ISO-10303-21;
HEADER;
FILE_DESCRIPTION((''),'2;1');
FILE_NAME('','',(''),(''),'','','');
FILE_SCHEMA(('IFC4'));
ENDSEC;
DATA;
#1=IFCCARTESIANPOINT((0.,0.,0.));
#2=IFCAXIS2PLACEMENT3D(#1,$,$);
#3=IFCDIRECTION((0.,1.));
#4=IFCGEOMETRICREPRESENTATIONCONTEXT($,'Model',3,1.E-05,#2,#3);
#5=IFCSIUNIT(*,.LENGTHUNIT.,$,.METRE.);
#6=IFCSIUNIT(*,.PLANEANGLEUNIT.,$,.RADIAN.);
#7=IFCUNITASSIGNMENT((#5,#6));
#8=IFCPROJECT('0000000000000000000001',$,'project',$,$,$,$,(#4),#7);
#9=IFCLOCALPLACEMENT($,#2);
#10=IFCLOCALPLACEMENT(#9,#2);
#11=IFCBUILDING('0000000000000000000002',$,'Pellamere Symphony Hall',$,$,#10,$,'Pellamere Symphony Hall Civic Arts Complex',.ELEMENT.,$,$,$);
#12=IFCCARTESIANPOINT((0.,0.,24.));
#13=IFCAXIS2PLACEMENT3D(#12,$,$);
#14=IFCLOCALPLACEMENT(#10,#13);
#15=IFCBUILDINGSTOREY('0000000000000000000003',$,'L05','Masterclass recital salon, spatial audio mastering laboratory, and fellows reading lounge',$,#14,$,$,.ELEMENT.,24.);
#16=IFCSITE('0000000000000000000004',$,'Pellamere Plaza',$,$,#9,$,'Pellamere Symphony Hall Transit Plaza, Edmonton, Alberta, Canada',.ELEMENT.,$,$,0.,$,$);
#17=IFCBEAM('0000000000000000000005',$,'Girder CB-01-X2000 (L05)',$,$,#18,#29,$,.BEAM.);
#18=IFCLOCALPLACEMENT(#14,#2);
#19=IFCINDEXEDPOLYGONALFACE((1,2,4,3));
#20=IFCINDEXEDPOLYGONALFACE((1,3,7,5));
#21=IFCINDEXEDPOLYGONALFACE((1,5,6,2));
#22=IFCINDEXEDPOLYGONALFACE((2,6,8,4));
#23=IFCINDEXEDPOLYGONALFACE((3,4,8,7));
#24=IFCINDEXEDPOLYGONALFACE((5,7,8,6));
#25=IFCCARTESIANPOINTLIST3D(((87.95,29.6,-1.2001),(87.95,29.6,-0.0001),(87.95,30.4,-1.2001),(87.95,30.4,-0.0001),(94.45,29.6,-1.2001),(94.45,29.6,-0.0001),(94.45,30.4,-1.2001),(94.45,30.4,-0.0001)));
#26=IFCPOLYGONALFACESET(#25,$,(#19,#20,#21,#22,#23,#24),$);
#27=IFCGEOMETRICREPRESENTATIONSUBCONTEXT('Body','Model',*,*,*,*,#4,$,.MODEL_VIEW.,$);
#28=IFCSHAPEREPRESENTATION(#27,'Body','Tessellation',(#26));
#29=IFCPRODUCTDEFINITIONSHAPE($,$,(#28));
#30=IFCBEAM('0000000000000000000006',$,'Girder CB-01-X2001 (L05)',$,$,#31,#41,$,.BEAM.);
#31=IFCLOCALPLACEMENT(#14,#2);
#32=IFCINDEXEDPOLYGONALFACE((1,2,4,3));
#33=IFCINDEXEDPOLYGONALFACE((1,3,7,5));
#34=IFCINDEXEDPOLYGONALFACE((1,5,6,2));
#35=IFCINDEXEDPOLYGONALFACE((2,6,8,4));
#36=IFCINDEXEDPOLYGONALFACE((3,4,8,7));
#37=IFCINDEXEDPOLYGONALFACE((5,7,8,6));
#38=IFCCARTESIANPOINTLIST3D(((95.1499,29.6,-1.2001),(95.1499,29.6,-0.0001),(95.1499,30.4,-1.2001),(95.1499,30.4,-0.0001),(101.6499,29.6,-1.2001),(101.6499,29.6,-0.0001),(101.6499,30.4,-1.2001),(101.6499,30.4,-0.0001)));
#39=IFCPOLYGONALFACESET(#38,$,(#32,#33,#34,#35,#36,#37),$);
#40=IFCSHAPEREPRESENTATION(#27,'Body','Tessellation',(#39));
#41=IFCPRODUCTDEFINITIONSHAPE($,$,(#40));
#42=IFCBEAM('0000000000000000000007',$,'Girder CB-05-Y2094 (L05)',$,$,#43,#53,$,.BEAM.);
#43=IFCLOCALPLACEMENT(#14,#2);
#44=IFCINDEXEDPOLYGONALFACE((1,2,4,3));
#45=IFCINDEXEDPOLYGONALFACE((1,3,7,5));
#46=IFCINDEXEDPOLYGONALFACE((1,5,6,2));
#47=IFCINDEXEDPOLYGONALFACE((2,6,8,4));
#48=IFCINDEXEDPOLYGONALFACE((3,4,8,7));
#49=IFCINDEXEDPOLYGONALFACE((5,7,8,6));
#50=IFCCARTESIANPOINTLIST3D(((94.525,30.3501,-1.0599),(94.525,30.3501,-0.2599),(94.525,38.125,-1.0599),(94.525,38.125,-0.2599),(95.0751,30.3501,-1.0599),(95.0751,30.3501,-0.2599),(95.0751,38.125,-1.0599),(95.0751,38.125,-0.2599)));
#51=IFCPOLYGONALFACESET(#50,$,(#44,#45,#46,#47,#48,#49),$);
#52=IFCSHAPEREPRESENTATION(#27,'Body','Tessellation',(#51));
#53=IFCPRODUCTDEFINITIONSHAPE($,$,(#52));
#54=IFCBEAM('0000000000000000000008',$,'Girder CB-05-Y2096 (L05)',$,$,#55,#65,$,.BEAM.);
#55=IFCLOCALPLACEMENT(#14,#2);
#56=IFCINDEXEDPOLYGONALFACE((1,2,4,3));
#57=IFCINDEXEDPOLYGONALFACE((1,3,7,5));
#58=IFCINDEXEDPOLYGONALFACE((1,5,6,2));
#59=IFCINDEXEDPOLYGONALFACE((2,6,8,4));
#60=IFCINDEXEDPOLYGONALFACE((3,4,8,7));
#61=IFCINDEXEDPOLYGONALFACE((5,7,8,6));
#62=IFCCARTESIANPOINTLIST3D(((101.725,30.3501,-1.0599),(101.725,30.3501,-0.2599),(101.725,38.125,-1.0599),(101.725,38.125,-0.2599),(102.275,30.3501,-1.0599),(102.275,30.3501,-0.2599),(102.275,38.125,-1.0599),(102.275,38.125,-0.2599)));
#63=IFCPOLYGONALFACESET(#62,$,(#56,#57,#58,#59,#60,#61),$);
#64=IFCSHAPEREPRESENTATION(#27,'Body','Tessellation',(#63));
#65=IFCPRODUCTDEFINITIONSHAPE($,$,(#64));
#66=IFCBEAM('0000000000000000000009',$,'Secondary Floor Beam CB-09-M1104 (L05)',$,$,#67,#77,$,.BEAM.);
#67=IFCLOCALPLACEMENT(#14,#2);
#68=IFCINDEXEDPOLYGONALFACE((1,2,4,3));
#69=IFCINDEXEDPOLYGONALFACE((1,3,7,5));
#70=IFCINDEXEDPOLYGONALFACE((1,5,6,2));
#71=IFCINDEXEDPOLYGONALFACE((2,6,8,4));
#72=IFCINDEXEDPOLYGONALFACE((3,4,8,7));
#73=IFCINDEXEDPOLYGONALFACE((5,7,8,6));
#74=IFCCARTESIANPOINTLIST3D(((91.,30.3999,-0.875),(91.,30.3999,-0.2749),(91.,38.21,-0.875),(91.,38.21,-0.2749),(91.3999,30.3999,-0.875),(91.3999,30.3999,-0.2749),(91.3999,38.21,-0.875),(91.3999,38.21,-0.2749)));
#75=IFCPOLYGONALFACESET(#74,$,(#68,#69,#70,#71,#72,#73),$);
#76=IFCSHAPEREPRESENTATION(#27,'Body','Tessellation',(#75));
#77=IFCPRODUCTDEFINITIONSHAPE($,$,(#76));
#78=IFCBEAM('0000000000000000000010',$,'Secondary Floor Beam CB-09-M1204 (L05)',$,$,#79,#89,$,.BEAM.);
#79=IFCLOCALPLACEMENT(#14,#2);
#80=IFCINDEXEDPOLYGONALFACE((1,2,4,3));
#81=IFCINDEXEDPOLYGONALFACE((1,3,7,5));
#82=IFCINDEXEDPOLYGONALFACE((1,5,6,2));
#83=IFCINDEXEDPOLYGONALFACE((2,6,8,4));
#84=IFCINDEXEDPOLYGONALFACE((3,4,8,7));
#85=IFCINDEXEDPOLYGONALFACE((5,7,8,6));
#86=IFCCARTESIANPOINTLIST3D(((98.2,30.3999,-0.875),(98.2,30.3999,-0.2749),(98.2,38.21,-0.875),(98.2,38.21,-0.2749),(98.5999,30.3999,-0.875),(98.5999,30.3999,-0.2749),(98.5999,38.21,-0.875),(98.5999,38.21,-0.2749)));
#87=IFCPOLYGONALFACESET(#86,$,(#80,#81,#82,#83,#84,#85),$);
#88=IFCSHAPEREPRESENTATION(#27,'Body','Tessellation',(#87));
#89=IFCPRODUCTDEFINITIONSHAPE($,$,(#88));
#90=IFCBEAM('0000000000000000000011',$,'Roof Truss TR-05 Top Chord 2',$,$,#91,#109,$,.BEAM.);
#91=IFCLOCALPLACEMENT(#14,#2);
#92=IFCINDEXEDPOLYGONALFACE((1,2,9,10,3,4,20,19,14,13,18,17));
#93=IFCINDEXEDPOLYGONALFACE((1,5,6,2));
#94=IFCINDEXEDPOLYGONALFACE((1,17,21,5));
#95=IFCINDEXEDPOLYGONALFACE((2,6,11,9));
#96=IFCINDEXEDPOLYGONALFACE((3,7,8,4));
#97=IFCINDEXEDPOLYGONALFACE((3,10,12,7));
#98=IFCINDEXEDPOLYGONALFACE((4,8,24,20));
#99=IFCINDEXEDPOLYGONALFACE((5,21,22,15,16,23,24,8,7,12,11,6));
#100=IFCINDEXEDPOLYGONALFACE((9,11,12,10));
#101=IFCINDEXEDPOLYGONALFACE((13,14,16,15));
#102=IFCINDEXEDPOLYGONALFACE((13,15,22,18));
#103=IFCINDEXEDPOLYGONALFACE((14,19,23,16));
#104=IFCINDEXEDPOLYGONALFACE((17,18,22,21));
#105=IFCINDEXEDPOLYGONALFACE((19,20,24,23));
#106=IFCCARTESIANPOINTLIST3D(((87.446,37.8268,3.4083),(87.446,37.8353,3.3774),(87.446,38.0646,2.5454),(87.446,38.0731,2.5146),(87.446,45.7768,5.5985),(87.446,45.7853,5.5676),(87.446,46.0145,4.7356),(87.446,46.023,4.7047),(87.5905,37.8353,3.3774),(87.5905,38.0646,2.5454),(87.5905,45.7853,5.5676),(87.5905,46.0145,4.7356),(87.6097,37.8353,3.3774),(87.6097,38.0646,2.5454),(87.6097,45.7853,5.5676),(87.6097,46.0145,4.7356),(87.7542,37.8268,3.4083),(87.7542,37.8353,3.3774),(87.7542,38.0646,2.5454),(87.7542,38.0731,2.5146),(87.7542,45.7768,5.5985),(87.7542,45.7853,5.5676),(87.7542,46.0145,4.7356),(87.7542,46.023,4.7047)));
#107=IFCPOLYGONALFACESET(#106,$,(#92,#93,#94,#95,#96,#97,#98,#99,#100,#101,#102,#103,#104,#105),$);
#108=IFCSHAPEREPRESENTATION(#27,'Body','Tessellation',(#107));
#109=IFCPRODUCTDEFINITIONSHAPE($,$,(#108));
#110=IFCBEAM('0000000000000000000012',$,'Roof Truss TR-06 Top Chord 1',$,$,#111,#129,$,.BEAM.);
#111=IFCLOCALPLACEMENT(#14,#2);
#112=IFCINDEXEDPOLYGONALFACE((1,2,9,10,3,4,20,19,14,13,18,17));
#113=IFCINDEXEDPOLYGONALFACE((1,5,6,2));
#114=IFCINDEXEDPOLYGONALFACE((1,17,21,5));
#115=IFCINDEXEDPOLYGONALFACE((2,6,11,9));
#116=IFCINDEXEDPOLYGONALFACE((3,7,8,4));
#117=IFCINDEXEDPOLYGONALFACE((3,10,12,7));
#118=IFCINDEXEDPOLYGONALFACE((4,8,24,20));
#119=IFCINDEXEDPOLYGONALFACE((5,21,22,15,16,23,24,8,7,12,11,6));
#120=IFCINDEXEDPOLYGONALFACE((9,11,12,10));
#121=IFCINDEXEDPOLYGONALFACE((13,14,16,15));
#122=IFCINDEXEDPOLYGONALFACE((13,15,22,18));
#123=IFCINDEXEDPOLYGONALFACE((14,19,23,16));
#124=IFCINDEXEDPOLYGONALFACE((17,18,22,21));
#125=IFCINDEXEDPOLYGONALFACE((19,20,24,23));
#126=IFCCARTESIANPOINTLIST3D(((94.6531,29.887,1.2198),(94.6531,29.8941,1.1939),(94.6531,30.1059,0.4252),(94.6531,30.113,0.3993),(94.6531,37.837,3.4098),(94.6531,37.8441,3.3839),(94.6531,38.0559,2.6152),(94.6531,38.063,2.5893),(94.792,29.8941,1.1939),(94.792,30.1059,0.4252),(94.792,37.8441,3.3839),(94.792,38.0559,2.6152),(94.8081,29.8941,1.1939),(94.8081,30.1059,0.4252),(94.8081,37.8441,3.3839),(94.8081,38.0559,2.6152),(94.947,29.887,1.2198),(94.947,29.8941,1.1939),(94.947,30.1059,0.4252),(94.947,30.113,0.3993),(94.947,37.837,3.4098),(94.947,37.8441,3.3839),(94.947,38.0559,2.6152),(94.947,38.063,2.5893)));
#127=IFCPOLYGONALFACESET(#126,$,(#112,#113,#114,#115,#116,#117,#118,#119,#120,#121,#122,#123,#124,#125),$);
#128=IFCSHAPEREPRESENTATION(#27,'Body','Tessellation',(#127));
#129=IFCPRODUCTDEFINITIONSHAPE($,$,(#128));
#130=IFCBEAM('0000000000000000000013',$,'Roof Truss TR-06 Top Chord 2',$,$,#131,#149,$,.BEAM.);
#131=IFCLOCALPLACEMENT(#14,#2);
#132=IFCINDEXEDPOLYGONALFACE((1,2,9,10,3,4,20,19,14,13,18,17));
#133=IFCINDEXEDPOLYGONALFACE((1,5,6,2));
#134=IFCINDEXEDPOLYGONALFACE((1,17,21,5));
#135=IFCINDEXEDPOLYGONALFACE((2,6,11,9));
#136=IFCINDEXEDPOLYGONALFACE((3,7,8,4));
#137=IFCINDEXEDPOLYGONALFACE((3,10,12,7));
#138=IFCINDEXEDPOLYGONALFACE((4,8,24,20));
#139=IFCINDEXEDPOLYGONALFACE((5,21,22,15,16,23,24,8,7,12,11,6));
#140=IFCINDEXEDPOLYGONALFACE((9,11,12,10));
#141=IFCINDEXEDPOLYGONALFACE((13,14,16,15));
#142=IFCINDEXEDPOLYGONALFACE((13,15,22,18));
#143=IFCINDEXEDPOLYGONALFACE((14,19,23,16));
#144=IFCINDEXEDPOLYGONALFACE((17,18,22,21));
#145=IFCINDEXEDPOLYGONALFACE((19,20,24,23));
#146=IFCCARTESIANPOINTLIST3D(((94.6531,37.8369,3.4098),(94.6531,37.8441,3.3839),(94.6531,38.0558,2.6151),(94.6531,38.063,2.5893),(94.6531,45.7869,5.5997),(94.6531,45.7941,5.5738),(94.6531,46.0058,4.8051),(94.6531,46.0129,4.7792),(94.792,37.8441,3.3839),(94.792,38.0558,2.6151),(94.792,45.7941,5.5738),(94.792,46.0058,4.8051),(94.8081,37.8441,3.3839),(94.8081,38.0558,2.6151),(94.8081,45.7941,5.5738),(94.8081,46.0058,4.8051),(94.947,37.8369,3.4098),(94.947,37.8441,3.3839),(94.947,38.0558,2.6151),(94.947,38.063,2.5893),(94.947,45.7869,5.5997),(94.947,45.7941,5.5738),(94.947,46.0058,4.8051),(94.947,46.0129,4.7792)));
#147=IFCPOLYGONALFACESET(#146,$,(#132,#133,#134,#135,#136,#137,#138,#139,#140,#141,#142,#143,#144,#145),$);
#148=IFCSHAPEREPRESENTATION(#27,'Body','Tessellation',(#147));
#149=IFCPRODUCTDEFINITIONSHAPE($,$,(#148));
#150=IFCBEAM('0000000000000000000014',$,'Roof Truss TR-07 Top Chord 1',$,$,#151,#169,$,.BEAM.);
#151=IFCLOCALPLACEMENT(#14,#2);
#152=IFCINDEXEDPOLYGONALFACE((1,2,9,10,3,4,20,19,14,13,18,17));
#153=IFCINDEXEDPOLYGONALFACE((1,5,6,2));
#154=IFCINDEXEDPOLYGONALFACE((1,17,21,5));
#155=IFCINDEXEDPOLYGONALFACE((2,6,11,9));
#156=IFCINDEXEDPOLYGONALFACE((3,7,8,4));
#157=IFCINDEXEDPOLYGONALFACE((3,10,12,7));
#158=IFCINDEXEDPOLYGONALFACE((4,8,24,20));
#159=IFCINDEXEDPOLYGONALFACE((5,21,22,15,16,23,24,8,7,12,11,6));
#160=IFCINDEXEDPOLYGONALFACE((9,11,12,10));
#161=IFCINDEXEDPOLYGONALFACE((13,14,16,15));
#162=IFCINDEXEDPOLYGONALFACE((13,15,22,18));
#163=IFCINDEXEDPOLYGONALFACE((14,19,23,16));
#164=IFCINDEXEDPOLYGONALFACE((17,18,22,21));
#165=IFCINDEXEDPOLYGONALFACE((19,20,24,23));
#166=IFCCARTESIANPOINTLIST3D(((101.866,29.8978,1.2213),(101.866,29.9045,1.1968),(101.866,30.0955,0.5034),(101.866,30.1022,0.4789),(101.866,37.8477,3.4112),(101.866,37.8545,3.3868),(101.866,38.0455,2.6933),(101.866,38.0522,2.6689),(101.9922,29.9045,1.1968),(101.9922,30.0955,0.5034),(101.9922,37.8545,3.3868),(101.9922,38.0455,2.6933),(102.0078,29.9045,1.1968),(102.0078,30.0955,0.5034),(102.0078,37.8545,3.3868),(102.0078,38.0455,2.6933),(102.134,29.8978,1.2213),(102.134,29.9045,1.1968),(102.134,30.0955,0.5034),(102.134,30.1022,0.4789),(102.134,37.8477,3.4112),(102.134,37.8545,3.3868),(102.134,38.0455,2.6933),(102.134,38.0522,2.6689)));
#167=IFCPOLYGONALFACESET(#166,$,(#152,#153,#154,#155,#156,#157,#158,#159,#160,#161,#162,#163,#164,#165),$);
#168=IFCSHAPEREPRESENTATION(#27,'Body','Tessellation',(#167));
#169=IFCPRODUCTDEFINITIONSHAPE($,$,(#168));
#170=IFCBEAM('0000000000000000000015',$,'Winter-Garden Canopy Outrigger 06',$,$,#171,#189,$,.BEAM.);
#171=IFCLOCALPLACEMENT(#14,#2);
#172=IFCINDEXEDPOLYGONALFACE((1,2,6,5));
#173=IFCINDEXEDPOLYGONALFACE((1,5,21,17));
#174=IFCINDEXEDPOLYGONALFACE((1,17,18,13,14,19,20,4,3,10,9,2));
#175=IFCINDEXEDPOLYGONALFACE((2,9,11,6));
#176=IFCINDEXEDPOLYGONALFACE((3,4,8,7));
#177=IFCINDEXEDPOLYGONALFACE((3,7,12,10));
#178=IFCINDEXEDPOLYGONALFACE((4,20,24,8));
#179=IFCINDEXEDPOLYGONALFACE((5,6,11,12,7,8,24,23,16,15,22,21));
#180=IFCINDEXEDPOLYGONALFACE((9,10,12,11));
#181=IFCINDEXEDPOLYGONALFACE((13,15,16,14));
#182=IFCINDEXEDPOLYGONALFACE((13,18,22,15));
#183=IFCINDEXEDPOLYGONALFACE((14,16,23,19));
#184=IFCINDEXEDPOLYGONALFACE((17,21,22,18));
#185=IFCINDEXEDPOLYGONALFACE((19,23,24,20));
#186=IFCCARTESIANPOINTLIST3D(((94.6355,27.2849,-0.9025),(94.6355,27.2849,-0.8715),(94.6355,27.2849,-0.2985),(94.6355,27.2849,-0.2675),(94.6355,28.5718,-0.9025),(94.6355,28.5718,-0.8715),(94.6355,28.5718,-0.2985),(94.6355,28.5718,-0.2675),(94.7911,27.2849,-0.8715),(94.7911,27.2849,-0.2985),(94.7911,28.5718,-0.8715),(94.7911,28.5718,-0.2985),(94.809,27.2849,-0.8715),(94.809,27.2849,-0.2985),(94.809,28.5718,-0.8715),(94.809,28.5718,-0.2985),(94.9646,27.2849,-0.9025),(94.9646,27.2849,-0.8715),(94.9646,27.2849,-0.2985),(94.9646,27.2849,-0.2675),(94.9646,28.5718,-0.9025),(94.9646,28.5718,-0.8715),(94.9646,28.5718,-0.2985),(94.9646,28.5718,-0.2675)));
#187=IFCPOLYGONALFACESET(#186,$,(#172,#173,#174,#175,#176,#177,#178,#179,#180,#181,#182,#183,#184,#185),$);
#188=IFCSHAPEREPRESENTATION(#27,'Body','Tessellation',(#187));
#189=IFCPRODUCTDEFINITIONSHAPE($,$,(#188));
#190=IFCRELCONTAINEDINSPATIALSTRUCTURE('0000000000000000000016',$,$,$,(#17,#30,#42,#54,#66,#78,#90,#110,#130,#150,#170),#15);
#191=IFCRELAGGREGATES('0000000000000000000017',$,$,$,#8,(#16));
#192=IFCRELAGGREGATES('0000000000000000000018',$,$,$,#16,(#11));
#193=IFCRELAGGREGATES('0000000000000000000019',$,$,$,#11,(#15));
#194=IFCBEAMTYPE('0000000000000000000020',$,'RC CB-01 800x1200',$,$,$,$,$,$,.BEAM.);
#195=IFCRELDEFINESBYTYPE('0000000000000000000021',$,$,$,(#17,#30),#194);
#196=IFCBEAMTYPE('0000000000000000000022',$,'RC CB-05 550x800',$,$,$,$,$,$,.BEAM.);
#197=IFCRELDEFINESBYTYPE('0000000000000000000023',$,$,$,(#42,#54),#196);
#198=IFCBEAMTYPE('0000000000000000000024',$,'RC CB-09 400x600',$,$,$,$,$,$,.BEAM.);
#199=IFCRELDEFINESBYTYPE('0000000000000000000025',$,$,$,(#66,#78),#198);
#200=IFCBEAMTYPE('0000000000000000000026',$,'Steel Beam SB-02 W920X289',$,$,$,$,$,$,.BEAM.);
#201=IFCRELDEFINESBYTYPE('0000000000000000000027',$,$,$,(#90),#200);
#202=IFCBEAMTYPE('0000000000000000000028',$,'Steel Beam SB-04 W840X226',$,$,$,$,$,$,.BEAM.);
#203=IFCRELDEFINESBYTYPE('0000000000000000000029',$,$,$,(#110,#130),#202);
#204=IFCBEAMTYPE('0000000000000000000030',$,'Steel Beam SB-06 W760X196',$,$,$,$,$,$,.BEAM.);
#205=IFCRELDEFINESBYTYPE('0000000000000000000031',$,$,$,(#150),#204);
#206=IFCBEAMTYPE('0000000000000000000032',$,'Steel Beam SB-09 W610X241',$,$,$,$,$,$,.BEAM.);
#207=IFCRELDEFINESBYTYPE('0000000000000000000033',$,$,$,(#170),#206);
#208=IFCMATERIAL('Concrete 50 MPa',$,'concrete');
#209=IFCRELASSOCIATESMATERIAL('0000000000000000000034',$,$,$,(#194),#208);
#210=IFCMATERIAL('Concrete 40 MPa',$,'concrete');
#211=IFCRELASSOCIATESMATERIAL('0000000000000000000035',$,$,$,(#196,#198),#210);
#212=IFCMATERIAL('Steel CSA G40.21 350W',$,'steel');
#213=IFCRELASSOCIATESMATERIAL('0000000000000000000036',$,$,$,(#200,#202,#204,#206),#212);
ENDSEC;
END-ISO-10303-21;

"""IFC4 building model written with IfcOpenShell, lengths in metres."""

from ifc_helpers import new_model, si_unit, direction, frame, origin, origin_2d, place, context, subcontext, project, spatial, rectangle, i_section, extrude, material, material_profile, profile_set, type_object, element, save


model = new_model("IFC4")

# Units and contexts
model_context = context("Model", 3, precision=1e-05, world=origin(), true_north=direction((0.0, 1.0)))
body_context = subcontext(model_context, "Body", "Model", "MODEL_VIEW")
ifc_project = project(units=[si_unit("LENGTHUNIT", "METRE"), si_unit("PLANEANGLEUNIT", "RADIAN")], contexts=[model_context])

# Site, building, storey
site_placement = place(None, origin())
site = spatial("IfcSite", under=ifc_project, at=site_placement, Name="Pellamere Plaza", LongName="Pellamere Symphony Hall Transit Plaza, Edmonton, Alberta, Canada", CompositionType="ELEMENT", RefElevation=0.0)
building_placement = place(site_placement, origin())
building = spatial("IfcBuilding", under=site, at=building_placement, Name="Pellamere Symphony Hall", LongName="Pellamere Symphony Hall Civic Arts Complex", CompositionType="ELEMENT")
storey_placement = place(building_placement, frame((0.0, 0.0, 24.0)))
storey = spatial("IfcBuildingStorey", under=building, at=storey_placement, Name="L05", Description="Masterclass recital salon, spatial audio mastering laboratory, and fellows reading lounge", CompositionType="ELEMENT", Elevation=24.0)

# Beams
ifc_material_1 = material(Name="Concrete 50 MPa", Category="concrete")
ifc_material_profile_1 = material_profile(ifc_material_1, rectangle(XDim=0.8, YDim=1.2, at=origin_2d()), Name="RC 800x1200")
ifc_profile_set_1 = profile_set([ifc_material_profile_1], Name="Concrete 50 MPa")
beam_type_1 = type_object("IfcBeamType", Name="RC CB-01 800x1200", PredefinedType="BEAM", material=ifc_profile_set_1)
for number, where, z_axis, x_axis, name in (
    (1, (87.95, 30.0, -0.6001), (1.0, 0.0, 0.0), (0.0, 1.0, 0.0), "Girder CB-01-X2000 (L05)"),
    (2, (95.1499, 30.0, -0.6001), (1.0, 0.0, 0.0), (0.0, 1.0, 0.0), "Girder CB-01-X2001 (L05)"),
):
    element("IfcBeam", number, at=place(storey_placement, frame(where, z_axis=z_axis, x_axis=x_axis)), inside=storey, type_object=beam_type_1, Name=name, PredefinedType="BEAM", context=body_context, shape_type="SweptSolid", body=[
        extrude(rectangle(XDim=0.8, YDim=1.2, at=origin_2d()), origin(), (0.0, 0.0, 1.0), 6.5),
    ])
ifc_material_2 = material(Name="Concrete 40 MPa", Category="concrete")
ifc_material_profile_2 = material_profile(ifc_material_2, rectangle(XDim=0.55, YDim=0.8, at=origin_2d()), Name="RC 550x800")
ifc_profile_set_2 = profile_set([ifc_material_profile_2], Name="Concrete 40 MPa")
beam_type_2 = type_object("IfcBeamType", Name="RC CB-05 550x800", PredefinedType="BEAM", material=ifc_profile_set_2)
for number, where, z_axis, x_axis, name in (
    (3, (94.8, 30.3501, -0.6599), (0.0, 1.0, 0.0), (-1.0, 0.0, 0.0), "Girder CB-05-Y2094 (L05)"),
    (4, (102.0, 30.3501, -0.6599), (0.0, 1.0, 0.0), (-1.0, 0.0, 0.0), "Girder CB-05-Y2096 (L05)"),
):
    element("IfcBeam", number, at=place(storey_placement, frame(where, z_axis=z_axis, x_axis=x_axis)), inside=storey, type_object=beam_type_2, Name=name, PredefinedType="BEAM", context=body_context, shape_type="SweptSolid", body=[
        extrude(rectangle(XDim=0.55, YDim=0.8, at=origin_2d()), origin(), (0.0, 0.0, 1.0), 7.7749),
    ])
ifc_material_profile_3 = material_profile(ifc_material_2, rectangle(XDim=0.3999, YDim=0.6001, at=origin_2d()), Name="RC 400x600")
ifc_profile_set_3 = profile_set([ifc_material_profile_3], Name="Concrete 40 MPa")
beam_type_3 = type_object("IfcBeamType", Name="RC CB-09 400x600", PredefinedType="BEAM", material=ifc_profile_set_3)
for number, where, z_axis, x_axis, name in (
    (5, (91.2, 30.3999, -0.575), (0.0, 1.0, 0.0), (-1.0, 0.0, 0.0), "Secondary Floor Beam CB-09-M1104 (L05)"),
    (6, (98.3999, 30.3999, -0.575), (0.0, 1.0, 0.0), (-1.0, 0.0, 0.0), "Secondary Floor Beam CB-09-M1204 (L05)"),
):
    element("IfcBeam", number, at=place(storey_placement, frame(where, z_axis=z_axis, x_axis=x_axis)), inside=storey, type_object=beam_type_3, Name=name, PredefinedType="BEAM", context=body_context, shape_type="SweptSolid", body=[
        extrude(rectangle(XDim=0.3999, YDim=0.6001, at=origin_2d()), origin(), (0.0, 0.0, 1.0), 7.8101),
    ])
ifc_material_3 = material(Name="Steel CSA G40.21 350W", Category="steel")
ifc_material_profile_4 = material_profile(ifc_material_3, i_section(OverallWidth=0.3081, OverallDepth=0.927, WebThickness=0.0193, FlangeThickness=0.032, at=origin_2d()), Name="W920X289")
ifc_profile_set_4 = profile_set([ifc_material_profile_4], Name="Steel CSA G40.21 350W")
beam_type_4 = type_object("IfcBeamType", Name="Steel Beam SB-02 W920X289", PredefinedType="BEAM", material=ifc_profile_set_4)
beam_1_placement = place(storey_placement, frame((87.6001, 37.95, 2.9614), z_axis=(0.0, 0.964083, 0.265602), x_axis=(-1.0, 0.0, 0.0)))
element("IfcBeam", 7, at=beam_1_placement, inside=storey, type_object=beam_type_4, Name="Roof Truss TR-05 Top Chord 2", PredefinedType="BEAM", context=body_context, shape_type="SweptSolid", body=[
    extrude(i_section(OverallWidth=0.3081, OverallDepth=0.927, WebThickness=0.0193, FlangeThickness=0.032, at=origin_2d()), origin(), (0.0, 0.0, 1.0), 8.2461),
])
ifc_material_profile_5 = material_profile(ifc_material_3, i_section(OverallWidth=0.2939, OverallDepth=0.8511, WebThickness=0.0161, FlangeThickness=0.0269, at=origin_2d()), Name="W840X226")
ifc_profile_set_5 = profile_set([ifc_material_profile_5], Name="Steel CSA G40.21 350W")
beam_type_5 = type_object("IfcBeamType", Name="Steel Beam SB-04 W840X226", PredefinedType="BEAM", material=ifc_profile_set_5)
for number, where, z_axis, x_axis, name in (
    (8, (94.8, 30.0, 0.8096), (0.0, 0.96409, 0.265574), (-1.0, 0.0, 0.0), "Roof Truss TR-06 Top Chord 1"),
    (9, (94.8, 37.95, 2.9995), (0.0, 0.96409, 0.265574), (-1.0, 0.0, 0.0), "Roof Truss TR-06 Top Chord 2"),
):
    element("IfcBeam", number, at=place(storey_placement, frame(where, z_axis=z_axis, x_axis=x_axis)), inside=storey, type_object=beam_type_5, Name=name, PredefinedType="BEAM", context=body_context, shape_type="SweptSolid", body=[
        extrude(i_section(OverallWidth=0.2939, OverallDepth=0.8511, WebThickness=0.0161, FlangeThickness=0.0269, at=origin_2d()), origin(), (0.0, 0.0, 1.0), 8.2461),
    ])
ifc_material_profile_6 = material_profile(ifc_material_3, i_section(OverallWidth=0.2681, OverallDepth=0.77, WebThickness=0.0156, FlangeThickness=0.0254, at=origin_2d()), Name="W760X196")
ifc_profile_set_6 = profile_set([ifc_material_profile_6], Name="Steel CSA G40.21 350W")
beam_type_6 = type_object("IfcBeamType", Name="Steel Beam SB-06 W760X196", PredefinedType="BEAM", material=ifc_profile_set_6)
beam_2_placement = place(storey_placement, frame((102.0, 30.0, 0.8501), z_axis=(0.0, 0.96409, 0.265574), x_axis=(-1.0, 0.0, 0.0)))
element("IfcBeam", 10, at=beam_2_placement, inside=storey, type_object=beam_type_6, Name="Roof Truss TR-07 Top Chord 1", PredefinedType="BEAM", context=body_context, shape_type="SweptSolid", body=[
    extrude(i_section(OverallWidth=0.2681, OverallDepth=0.77, WebThickness=0.0156, FlangeThickness=0.0254, at=origin_2d()), origin(), (0.0, 0.0, 1.0), 8.2461),
])
ifc_material_profile_7 = material_profile(ifc_material_3, i_section(OverallWidth=0.3291, OverallDepth=0.635, WebThickness=0.0178, FlangeThickness=0.031, at=origin_2d()), Name="W610X241")
ifc_profile_set_7 = profile_set([ifc_material_profile_7], Name="Steel CSA G40.21 350W")
beam_type_7 = type_object("IfcBeamType", Name="Steel Beam SB-09 W610X241", PredefinedType="BEAM", material=ifc_profile_set_7)
beam_3_placement = place(storey_placement, frame((94.8, 27.2849, -0.585), z_axis=(0.0, 1.0, 0.0), x_axis=(-1.0, 0.0, 0.0)))
element("IfcBeam", 11, at=beam_3_placement, inside=storey, type_object=beam_type_7, Name="Winter-Garden Canopy Outrigger 06", PredefinedType="BEAM", context=body_context, shape_type="SweptSolid", body=[
    extrude(i_section(OverallWidth=0.3291, OverallDepth=0.635, WebThickness=0.0178, FlangeThickness=0.031, at=origin_2d()), origin(), (0.0, 0.0, 1.0), 1.2869),
])

save(model, "model.ifc")
